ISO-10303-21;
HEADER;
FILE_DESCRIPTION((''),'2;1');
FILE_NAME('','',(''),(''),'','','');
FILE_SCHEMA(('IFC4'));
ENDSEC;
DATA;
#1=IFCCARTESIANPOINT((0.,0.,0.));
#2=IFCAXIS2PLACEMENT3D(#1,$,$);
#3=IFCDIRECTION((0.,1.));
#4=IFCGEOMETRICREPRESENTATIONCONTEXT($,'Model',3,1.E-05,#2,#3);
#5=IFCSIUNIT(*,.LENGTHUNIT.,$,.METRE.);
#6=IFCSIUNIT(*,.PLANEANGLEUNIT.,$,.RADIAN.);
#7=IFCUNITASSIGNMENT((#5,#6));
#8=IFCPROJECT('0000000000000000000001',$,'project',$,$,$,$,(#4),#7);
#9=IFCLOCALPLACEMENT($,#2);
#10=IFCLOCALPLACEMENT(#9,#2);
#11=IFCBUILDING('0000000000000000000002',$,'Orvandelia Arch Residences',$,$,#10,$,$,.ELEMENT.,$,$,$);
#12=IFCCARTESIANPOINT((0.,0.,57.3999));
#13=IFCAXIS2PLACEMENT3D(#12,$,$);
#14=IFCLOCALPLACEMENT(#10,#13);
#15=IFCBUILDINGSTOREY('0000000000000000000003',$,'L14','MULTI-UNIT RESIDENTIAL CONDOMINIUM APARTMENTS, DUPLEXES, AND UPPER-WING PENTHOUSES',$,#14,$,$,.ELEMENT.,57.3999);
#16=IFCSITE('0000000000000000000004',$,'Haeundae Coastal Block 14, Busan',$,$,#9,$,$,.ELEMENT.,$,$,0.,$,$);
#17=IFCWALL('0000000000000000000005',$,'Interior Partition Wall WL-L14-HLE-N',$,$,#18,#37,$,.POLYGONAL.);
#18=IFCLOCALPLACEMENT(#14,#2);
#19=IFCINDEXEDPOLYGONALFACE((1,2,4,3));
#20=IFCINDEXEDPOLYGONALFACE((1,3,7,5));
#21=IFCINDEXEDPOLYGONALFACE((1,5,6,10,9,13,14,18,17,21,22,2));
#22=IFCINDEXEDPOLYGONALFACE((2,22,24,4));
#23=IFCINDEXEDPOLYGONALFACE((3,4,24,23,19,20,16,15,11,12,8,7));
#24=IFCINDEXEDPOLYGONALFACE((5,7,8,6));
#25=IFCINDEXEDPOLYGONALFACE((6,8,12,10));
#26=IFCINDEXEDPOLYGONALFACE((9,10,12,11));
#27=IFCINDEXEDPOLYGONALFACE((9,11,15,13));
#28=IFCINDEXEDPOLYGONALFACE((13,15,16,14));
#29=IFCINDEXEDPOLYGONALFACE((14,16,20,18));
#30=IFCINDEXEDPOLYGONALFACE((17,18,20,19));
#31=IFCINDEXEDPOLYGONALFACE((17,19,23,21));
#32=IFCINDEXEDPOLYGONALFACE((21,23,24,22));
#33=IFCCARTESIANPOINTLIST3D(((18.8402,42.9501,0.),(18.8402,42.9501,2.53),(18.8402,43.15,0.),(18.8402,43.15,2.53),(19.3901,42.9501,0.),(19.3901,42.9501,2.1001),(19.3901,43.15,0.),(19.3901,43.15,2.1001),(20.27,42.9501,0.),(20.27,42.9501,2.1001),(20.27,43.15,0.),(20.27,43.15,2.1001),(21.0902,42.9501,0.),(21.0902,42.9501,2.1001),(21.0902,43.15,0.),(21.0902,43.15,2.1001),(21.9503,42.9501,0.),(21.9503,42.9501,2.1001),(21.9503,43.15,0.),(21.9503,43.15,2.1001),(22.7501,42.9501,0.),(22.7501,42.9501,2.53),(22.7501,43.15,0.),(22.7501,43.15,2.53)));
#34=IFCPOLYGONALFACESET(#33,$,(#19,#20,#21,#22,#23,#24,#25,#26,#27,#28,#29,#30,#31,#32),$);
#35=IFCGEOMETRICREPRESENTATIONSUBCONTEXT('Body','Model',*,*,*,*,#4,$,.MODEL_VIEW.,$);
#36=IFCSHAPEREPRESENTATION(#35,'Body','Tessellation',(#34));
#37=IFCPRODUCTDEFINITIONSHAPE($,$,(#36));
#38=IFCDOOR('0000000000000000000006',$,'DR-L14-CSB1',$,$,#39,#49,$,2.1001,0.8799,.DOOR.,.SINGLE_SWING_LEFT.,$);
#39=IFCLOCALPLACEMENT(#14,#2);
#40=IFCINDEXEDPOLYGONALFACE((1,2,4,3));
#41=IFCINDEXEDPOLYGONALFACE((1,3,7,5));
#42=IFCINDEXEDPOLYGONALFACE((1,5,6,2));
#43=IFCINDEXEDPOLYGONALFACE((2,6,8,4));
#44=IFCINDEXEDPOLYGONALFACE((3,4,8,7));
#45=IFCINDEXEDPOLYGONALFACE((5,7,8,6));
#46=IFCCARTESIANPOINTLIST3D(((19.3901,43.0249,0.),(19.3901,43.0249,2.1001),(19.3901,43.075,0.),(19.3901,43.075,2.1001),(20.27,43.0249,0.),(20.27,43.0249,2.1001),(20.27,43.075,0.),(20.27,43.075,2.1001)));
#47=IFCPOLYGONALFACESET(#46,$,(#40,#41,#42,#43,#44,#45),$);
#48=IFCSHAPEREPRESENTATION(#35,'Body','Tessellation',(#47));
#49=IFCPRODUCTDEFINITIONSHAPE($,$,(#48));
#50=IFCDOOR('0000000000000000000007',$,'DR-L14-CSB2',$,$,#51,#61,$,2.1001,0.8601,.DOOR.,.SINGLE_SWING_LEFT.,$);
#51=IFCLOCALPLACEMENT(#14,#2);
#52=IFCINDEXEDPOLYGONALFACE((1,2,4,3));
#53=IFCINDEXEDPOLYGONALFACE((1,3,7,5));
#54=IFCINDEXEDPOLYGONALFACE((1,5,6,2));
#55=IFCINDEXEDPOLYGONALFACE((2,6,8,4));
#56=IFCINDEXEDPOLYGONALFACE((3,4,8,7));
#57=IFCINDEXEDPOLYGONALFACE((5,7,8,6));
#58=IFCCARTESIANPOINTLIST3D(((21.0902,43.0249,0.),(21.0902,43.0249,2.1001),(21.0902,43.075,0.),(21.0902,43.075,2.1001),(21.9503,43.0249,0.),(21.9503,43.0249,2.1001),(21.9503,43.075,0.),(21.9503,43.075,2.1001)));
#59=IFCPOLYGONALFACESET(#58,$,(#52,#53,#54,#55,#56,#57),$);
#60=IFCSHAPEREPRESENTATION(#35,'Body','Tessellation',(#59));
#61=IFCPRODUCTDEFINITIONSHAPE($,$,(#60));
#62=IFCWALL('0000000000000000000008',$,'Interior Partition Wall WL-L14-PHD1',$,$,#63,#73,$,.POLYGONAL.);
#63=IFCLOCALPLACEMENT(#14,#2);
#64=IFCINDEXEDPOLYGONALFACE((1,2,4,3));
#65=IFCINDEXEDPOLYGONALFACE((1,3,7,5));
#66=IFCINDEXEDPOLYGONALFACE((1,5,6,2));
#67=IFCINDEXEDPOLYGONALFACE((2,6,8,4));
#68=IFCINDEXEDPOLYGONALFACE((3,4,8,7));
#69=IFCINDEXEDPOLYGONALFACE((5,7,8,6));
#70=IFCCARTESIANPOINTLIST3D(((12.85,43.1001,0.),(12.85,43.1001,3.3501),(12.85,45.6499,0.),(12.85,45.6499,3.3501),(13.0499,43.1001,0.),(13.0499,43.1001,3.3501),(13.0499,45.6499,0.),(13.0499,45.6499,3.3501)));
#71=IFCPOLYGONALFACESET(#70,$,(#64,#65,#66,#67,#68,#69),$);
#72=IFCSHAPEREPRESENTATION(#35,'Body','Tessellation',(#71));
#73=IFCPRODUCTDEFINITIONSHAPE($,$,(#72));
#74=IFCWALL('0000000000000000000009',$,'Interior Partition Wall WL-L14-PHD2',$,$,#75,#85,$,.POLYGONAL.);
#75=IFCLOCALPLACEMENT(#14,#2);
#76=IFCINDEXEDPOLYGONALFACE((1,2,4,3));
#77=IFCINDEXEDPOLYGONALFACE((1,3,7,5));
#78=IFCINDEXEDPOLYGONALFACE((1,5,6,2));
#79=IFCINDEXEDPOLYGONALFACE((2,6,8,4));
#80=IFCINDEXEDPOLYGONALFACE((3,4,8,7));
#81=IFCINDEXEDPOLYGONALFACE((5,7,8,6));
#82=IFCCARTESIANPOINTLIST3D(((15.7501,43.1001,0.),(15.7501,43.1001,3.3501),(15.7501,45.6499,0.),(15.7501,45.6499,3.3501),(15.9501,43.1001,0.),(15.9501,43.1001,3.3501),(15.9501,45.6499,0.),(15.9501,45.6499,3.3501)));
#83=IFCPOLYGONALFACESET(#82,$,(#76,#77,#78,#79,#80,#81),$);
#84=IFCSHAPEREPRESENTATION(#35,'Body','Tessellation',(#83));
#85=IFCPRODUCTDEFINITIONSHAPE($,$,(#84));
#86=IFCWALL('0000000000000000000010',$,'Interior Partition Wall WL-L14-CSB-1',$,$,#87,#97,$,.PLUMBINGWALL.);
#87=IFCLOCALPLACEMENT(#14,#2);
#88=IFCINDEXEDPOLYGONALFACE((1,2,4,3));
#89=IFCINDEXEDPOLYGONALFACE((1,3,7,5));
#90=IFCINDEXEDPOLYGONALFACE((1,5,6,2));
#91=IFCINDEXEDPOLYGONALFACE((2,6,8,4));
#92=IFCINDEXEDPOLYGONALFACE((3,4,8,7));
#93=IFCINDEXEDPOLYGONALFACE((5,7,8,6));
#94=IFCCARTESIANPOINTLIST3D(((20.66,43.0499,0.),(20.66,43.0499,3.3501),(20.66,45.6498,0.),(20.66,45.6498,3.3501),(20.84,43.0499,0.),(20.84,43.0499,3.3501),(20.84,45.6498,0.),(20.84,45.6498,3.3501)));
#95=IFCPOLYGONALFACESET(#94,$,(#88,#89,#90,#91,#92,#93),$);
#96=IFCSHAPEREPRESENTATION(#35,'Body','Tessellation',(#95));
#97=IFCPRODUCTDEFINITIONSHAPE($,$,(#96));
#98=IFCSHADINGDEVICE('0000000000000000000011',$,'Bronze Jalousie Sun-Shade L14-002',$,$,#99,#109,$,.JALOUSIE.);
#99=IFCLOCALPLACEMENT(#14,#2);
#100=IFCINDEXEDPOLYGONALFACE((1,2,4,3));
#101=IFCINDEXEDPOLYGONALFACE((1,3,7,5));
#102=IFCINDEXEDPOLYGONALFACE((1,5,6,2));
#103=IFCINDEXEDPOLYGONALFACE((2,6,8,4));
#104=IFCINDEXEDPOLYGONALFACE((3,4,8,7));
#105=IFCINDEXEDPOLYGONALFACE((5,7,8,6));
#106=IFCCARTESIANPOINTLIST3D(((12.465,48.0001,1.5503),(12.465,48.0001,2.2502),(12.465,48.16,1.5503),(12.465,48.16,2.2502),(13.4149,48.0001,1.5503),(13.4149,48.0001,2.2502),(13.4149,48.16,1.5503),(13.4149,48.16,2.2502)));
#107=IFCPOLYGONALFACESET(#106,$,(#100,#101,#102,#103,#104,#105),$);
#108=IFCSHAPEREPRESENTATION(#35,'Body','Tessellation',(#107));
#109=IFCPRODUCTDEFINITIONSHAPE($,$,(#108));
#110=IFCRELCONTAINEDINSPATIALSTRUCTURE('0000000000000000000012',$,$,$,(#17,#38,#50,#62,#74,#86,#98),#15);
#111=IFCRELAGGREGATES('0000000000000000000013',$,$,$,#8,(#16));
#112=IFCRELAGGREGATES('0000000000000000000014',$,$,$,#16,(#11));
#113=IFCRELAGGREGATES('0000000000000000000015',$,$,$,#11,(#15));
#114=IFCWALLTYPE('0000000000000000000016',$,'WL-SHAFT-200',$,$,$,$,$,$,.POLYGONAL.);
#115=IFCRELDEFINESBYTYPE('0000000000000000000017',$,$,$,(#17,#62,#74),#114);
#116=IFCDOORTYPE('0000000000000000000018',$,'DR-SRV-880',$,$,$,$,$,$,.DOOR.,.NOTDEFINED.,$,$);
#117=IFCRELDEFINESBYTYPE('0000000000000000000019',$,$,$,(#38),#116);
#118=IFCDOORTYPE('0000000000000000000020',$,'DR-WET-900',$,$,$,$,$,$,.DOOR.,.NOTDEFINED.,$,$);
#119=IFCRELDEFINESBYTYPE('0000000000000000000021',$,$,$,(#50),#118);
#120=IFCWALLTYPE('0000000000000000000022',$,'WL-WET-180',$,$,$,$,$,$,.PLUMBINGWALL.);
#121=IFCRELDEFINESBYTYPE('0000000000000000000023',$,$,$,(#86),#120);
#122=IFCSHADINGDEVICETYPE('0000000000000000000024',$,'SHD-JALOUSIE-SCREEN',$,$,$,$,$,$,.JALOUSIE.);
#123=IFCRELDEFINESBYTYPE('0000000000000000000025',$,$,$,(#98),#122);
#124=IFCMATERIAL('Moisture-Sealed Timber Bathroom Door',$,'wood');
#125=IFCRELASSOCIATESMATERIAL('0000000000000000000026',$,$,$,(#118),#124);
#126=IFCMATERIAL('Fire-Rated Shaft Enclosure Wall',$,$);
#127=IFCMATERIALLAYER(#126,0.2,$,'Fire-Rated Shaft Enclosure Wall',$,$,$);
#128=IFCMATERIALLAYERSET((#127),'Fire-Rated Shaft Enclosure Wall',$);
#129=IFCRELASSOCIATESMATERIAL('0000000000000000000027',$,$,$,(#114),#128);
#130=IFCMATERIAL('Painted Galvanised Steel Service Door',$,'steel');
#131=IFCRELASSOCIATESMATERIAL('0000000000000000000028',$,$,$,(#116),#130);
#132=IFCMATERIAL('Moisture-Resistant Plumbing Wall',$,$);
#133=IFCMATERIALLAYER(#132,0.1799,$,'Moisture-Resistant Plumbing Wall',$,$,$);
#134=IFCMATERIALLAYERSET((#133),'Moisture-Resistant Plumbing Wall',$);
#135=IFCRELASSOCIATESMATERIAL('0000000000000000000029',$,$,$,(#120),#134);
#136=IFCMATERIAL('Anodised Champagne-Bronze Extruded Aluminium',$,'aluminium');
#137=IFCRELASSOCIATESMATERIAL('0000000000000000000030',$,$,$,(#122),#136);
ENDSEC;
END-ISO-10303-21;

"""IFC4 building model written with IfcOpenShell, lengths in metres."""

from ifc_helpers import new_model, si_unit, direction, frame, frame_2d, origin, origin_2d, place, context, subcontext, project, spatial, rectangle, extrude, material, layer, layer_set, type_object, element, fill, save


model = new_model("IFC4")

# Units and contexts
model_context = context("Model", 3, precision=1e-05, world=origin(), true_north=direction((0.0, 1.0)))
body_context = subcontext(model_context, "Body", "Model", "MODEL_VIEW")
ifc_project = project(units=[si_unit("LENGTHUNIT", "METRE"), si_unit("PLANEANGLEUNIT", "RADIAN")], contexts=[model_context])

# Site, building, storey
site_placement = place(None, origin())
site = spatial("IfcSite", under=ifc_project, at=site_placement, Name="Haeundae Coastal Block 14, Busan", CompositionType="ELEMENT", RefElevation=0.0)
building_placement = place(site_placement, origin())
building = spatial("IfcBuilding", under=site, at=building_placement, Name="Orvandelia Arch Residences", CompositionType="ELEMENT")
storey_placement = place(building_placement, frame((0.0, 0.0, 57.3999)))
storey = spatial("IfcBuildingStorey", under=building, at=storey_placement, Name="L14", Description="MULTI-UNIT RESIDENTIAL CONDOMINIUM APARTMENTS, DUPLEXES, AND UPPER-WING PENTHOUSES", CompositionType="ELEMENT", Elevation=57.3999)

# Shared definitions
ifc_material_1 = material(Name="Moisture-Sealed Timber Bathroom Door", Category="wood")
door_type_1 = type_object("IfcDoorType", Name="DR-WET-900", OperationType="NOTDEFINED", PredefinedType="DOOR", material=ifc_material_1)

# Shared definitions
ifc_material_2 = material(Name="Fire-Rated Shaft Enclosure Wall")
ifc_layer_1 = layer(ifc_material_2, 0.2, Name="Fire-Rated Shaft Enclosure Wall")
ifc_layer_set_1 = layer_set([ifc_layer_1], Name="Fire-Rated Shaft Enclosure Wall")
wall_type_1 = type_object("IfcWallType", Name="WL-SHAFT-200", PredefinedType="POLYGONAL", material=ifc_layer_set_1)

# Wall, openings, doors
ifc_material_3 = material(Name="Painted Galvanised Steel Service Door", Category="steel")
door_type_2 = type_object("IfcDoorType", Name="DR-SRV-880", OperationType="NOTDEFINED", PredefinedType="DOOR", material=ifc_material_3)
wall_1_placement = place(storey_placement, frame((18.8401, 43.05, 0.0), z_axis=(0.0, 0.0, 1.0), x_axis=(1.0, 0.0, 0.0)))
wall_1 = element("IfcWall", 1, at=wall_1_placement, inside=storey, type_object=wall_type_1, Name="Interior Partition Wall WL-L14-HLE-N", PredefinedType="POLYGONAL", context=body_context, shape_type="SweptSolid", body=[
    extrude(rectangle(XDim=3.9099, YDim=0.2, at=frame_2d((1.9551, 0.0))), origin(), (0.0, 0.0, 1.0), 2.53),
])
opening_1_placement = place(wall_1_placement, frame((0.55, 0.0, 0.0)))
opening_1 = element("IfcOpeningElement", 2, at=opening_1_placement, cuts=wall_1, PredefinedType="OPENING", context=body_context, shape_type="SweptSolid", body=[
    extrude(rectangle(XDim=0.8799, YDim=2.1001, at=frame_2d((0.4399, 1.05))), frame((0.0, 0.1099, 0.0), z_axis=(0.0, -1.0, 0.0), x_axis=(1.0, 0.0, 0.0)), (0.0, 0.0, 1.0), 0.22),
])
opening_2_placement = place(wall_1_placement, frame((2.25, 0.0, 0.0)))
opening_2 = element("IfcOpeningElement", 3, at=opening_2_placement, cuts=wall_1, PredefinedType="OPENING", context=body_context, shape_type="SweptSolid", body=[
    extrude(rectangle(XDim=0.8601, YDim=2.1001, at=frame_2d((0.4302, 1.05))), frame((0.0, 0.1099, 0.0), z_axis=(0.0, -1.0, 0.0), x_axis=(1.0, 0.0, 0.0)), (0.0, 0.0, 1.0), 0.22),
])
door_1_placement = place(opening_1_placement, origin())
door_1 = element("IfcDoor", 4, at=door_1_placement, inside=storey, type_object=door_type_2, Name="DR-L14-CSB1", OperationType="SINGLE_SWING_LEFT", OverallHeight=2.1001, OverallWidth=0.8799, PredefinedType="DOOR", context=body_context, shape_type="SweptSolid", body=[
    extrude(rectangle(XDim=0.8799, YDim=2.1001, at=frame_2d((0.4399, 1.05))), frame((0.0, 0.0249, 0.0), z_axis=(0.0, -1.0, 0.0), x_axis=(1.0, 0.0, 0.0)), (0.0, 0.0, 1.0), 0.05),
])
fill(opening_1, door_1)
door_2_placement = place(opening_2_placement, origin())
door_2 = element("IfcDoor", 5, at=door_2_placement, inside=storey, type_object=door_type_1, Name="DR-L14-CSB2", OperationType="SINGLE_SWING_LEFT", OverallHeight=2.1001, OverallWidth=0.8601, PredefinedType="DOOR", context=body_context, shape_type="SweptSolid", body=[
    extrude(rectangle(XDim=0.8601, YDim=2.1001, at=frame_2d((0.4302, 1.05))), frame((0.0, 0.0249, 0.0), z_axis=(0.0, -1.0, 0.0), x_axis=(1.0, 0.0, 0.0)), (0.0, 0.0, 1.0), 0.05),
])
fill(opening_2, door_2)

# Walls
for number, where, z_axis, x_axis, name in (
    (6, (12.95, 43.1001, 0.0), (0.0, 0.0, 1.0), (0.0, 1.0, 0.0), "Interior Partition Wall WL-L14-PHD1"),
    (7, (15.8501, 43.1001, 0.0), (0.0, 0.0, 1.0), (0.0, 1.0, 0.0), "Interior Partition Wall WL-L14-PHD2"),
):
    element("IfcWall", number, at=place(storey_placement, frame(where, z_axis=z_axis, x_axis=x_axis)), inside=storey, type_object=wall_type_1, Name=name, PredefinedType="POLYGONAL", context=body_context, shape_type="SweptSolid", body=[
        extrude(rectangle(XDim=2.5498, YDim=0.2, at=frame_2d((1.2749, 0.0))), origin(), (0.0, 0.0, 1.0), 3.3501),
    ])
ifc_material_4 = material(Name="Moisture-Resistant Plumbing Wall")
ifc_layer_2 = layer(ifc_material_4, 0.1799, Name="Moisture-Resistant Plumbing Wall")
ifc_layer_set_2 = layer_set([ifc_layer_2], Name="Moisture-Resistant Plumbing Wall")
wall_type_2 = type_object("IfcWallType", Name="WL-WET-180", PredefinedType="PLUMBINGWALL", material=ifc_layer_set_2)
wall_2_placement = place(storey_placement, frame((20.75, 43.05, 0.0), z_axis=(0.0, 0.0, 1.0), x_axis=(0.0, 1.0, 0.0)))
element("IfcWall", 8, at=wall_2_placement, inside=storey, type_object=wall_type_2, Name="Interior Partition Wall WL-L14-CSB-1", PredefinedType="PLUMBINGWALL", context=body_context, shape_type="SweptSolid", body=[
    extrude(rectangle(XDim=2.5999, YDim=0.1799, at=frame_2d((1.2998, 0.0))), origin(), (0.0, 0.0, 1.0), 3.3501),
])

# Shading device
ifc_material_5 = material(Name="Anodised Champagne-Bronze Extruded Aluminium", Category="aluminium")
shading_device_type = type_object("IfcShadingDeviceType", Name="SHD-JALOUSIE-SCREEN", PredefinedType="JALOUSIE", material=ifc_material_5)
shading_device_placement = place(storey_placement, frame((12.9399, 48.0801, 1.5503), z_axis=(0.0, 0.0, 1.0), x_axis=(1.0, 0.0, 0.0)))
element("IfcShadingDevice", 9, at=shading_device_placement, inside=storey, type_object=shading_device_type, Name="Bronze Jalousie Sun-Shade L14-002", PredefinedType="JALOUSIE", context=body_context, shape_type="SweptSolid", body=[
    extrude(rectangle(XDim=0.95, YDim=0.1599, at=origin_2d()), origin(), (0.0, 0.0, 1.0), 0.7),
])

save(model, "model.ifc")
